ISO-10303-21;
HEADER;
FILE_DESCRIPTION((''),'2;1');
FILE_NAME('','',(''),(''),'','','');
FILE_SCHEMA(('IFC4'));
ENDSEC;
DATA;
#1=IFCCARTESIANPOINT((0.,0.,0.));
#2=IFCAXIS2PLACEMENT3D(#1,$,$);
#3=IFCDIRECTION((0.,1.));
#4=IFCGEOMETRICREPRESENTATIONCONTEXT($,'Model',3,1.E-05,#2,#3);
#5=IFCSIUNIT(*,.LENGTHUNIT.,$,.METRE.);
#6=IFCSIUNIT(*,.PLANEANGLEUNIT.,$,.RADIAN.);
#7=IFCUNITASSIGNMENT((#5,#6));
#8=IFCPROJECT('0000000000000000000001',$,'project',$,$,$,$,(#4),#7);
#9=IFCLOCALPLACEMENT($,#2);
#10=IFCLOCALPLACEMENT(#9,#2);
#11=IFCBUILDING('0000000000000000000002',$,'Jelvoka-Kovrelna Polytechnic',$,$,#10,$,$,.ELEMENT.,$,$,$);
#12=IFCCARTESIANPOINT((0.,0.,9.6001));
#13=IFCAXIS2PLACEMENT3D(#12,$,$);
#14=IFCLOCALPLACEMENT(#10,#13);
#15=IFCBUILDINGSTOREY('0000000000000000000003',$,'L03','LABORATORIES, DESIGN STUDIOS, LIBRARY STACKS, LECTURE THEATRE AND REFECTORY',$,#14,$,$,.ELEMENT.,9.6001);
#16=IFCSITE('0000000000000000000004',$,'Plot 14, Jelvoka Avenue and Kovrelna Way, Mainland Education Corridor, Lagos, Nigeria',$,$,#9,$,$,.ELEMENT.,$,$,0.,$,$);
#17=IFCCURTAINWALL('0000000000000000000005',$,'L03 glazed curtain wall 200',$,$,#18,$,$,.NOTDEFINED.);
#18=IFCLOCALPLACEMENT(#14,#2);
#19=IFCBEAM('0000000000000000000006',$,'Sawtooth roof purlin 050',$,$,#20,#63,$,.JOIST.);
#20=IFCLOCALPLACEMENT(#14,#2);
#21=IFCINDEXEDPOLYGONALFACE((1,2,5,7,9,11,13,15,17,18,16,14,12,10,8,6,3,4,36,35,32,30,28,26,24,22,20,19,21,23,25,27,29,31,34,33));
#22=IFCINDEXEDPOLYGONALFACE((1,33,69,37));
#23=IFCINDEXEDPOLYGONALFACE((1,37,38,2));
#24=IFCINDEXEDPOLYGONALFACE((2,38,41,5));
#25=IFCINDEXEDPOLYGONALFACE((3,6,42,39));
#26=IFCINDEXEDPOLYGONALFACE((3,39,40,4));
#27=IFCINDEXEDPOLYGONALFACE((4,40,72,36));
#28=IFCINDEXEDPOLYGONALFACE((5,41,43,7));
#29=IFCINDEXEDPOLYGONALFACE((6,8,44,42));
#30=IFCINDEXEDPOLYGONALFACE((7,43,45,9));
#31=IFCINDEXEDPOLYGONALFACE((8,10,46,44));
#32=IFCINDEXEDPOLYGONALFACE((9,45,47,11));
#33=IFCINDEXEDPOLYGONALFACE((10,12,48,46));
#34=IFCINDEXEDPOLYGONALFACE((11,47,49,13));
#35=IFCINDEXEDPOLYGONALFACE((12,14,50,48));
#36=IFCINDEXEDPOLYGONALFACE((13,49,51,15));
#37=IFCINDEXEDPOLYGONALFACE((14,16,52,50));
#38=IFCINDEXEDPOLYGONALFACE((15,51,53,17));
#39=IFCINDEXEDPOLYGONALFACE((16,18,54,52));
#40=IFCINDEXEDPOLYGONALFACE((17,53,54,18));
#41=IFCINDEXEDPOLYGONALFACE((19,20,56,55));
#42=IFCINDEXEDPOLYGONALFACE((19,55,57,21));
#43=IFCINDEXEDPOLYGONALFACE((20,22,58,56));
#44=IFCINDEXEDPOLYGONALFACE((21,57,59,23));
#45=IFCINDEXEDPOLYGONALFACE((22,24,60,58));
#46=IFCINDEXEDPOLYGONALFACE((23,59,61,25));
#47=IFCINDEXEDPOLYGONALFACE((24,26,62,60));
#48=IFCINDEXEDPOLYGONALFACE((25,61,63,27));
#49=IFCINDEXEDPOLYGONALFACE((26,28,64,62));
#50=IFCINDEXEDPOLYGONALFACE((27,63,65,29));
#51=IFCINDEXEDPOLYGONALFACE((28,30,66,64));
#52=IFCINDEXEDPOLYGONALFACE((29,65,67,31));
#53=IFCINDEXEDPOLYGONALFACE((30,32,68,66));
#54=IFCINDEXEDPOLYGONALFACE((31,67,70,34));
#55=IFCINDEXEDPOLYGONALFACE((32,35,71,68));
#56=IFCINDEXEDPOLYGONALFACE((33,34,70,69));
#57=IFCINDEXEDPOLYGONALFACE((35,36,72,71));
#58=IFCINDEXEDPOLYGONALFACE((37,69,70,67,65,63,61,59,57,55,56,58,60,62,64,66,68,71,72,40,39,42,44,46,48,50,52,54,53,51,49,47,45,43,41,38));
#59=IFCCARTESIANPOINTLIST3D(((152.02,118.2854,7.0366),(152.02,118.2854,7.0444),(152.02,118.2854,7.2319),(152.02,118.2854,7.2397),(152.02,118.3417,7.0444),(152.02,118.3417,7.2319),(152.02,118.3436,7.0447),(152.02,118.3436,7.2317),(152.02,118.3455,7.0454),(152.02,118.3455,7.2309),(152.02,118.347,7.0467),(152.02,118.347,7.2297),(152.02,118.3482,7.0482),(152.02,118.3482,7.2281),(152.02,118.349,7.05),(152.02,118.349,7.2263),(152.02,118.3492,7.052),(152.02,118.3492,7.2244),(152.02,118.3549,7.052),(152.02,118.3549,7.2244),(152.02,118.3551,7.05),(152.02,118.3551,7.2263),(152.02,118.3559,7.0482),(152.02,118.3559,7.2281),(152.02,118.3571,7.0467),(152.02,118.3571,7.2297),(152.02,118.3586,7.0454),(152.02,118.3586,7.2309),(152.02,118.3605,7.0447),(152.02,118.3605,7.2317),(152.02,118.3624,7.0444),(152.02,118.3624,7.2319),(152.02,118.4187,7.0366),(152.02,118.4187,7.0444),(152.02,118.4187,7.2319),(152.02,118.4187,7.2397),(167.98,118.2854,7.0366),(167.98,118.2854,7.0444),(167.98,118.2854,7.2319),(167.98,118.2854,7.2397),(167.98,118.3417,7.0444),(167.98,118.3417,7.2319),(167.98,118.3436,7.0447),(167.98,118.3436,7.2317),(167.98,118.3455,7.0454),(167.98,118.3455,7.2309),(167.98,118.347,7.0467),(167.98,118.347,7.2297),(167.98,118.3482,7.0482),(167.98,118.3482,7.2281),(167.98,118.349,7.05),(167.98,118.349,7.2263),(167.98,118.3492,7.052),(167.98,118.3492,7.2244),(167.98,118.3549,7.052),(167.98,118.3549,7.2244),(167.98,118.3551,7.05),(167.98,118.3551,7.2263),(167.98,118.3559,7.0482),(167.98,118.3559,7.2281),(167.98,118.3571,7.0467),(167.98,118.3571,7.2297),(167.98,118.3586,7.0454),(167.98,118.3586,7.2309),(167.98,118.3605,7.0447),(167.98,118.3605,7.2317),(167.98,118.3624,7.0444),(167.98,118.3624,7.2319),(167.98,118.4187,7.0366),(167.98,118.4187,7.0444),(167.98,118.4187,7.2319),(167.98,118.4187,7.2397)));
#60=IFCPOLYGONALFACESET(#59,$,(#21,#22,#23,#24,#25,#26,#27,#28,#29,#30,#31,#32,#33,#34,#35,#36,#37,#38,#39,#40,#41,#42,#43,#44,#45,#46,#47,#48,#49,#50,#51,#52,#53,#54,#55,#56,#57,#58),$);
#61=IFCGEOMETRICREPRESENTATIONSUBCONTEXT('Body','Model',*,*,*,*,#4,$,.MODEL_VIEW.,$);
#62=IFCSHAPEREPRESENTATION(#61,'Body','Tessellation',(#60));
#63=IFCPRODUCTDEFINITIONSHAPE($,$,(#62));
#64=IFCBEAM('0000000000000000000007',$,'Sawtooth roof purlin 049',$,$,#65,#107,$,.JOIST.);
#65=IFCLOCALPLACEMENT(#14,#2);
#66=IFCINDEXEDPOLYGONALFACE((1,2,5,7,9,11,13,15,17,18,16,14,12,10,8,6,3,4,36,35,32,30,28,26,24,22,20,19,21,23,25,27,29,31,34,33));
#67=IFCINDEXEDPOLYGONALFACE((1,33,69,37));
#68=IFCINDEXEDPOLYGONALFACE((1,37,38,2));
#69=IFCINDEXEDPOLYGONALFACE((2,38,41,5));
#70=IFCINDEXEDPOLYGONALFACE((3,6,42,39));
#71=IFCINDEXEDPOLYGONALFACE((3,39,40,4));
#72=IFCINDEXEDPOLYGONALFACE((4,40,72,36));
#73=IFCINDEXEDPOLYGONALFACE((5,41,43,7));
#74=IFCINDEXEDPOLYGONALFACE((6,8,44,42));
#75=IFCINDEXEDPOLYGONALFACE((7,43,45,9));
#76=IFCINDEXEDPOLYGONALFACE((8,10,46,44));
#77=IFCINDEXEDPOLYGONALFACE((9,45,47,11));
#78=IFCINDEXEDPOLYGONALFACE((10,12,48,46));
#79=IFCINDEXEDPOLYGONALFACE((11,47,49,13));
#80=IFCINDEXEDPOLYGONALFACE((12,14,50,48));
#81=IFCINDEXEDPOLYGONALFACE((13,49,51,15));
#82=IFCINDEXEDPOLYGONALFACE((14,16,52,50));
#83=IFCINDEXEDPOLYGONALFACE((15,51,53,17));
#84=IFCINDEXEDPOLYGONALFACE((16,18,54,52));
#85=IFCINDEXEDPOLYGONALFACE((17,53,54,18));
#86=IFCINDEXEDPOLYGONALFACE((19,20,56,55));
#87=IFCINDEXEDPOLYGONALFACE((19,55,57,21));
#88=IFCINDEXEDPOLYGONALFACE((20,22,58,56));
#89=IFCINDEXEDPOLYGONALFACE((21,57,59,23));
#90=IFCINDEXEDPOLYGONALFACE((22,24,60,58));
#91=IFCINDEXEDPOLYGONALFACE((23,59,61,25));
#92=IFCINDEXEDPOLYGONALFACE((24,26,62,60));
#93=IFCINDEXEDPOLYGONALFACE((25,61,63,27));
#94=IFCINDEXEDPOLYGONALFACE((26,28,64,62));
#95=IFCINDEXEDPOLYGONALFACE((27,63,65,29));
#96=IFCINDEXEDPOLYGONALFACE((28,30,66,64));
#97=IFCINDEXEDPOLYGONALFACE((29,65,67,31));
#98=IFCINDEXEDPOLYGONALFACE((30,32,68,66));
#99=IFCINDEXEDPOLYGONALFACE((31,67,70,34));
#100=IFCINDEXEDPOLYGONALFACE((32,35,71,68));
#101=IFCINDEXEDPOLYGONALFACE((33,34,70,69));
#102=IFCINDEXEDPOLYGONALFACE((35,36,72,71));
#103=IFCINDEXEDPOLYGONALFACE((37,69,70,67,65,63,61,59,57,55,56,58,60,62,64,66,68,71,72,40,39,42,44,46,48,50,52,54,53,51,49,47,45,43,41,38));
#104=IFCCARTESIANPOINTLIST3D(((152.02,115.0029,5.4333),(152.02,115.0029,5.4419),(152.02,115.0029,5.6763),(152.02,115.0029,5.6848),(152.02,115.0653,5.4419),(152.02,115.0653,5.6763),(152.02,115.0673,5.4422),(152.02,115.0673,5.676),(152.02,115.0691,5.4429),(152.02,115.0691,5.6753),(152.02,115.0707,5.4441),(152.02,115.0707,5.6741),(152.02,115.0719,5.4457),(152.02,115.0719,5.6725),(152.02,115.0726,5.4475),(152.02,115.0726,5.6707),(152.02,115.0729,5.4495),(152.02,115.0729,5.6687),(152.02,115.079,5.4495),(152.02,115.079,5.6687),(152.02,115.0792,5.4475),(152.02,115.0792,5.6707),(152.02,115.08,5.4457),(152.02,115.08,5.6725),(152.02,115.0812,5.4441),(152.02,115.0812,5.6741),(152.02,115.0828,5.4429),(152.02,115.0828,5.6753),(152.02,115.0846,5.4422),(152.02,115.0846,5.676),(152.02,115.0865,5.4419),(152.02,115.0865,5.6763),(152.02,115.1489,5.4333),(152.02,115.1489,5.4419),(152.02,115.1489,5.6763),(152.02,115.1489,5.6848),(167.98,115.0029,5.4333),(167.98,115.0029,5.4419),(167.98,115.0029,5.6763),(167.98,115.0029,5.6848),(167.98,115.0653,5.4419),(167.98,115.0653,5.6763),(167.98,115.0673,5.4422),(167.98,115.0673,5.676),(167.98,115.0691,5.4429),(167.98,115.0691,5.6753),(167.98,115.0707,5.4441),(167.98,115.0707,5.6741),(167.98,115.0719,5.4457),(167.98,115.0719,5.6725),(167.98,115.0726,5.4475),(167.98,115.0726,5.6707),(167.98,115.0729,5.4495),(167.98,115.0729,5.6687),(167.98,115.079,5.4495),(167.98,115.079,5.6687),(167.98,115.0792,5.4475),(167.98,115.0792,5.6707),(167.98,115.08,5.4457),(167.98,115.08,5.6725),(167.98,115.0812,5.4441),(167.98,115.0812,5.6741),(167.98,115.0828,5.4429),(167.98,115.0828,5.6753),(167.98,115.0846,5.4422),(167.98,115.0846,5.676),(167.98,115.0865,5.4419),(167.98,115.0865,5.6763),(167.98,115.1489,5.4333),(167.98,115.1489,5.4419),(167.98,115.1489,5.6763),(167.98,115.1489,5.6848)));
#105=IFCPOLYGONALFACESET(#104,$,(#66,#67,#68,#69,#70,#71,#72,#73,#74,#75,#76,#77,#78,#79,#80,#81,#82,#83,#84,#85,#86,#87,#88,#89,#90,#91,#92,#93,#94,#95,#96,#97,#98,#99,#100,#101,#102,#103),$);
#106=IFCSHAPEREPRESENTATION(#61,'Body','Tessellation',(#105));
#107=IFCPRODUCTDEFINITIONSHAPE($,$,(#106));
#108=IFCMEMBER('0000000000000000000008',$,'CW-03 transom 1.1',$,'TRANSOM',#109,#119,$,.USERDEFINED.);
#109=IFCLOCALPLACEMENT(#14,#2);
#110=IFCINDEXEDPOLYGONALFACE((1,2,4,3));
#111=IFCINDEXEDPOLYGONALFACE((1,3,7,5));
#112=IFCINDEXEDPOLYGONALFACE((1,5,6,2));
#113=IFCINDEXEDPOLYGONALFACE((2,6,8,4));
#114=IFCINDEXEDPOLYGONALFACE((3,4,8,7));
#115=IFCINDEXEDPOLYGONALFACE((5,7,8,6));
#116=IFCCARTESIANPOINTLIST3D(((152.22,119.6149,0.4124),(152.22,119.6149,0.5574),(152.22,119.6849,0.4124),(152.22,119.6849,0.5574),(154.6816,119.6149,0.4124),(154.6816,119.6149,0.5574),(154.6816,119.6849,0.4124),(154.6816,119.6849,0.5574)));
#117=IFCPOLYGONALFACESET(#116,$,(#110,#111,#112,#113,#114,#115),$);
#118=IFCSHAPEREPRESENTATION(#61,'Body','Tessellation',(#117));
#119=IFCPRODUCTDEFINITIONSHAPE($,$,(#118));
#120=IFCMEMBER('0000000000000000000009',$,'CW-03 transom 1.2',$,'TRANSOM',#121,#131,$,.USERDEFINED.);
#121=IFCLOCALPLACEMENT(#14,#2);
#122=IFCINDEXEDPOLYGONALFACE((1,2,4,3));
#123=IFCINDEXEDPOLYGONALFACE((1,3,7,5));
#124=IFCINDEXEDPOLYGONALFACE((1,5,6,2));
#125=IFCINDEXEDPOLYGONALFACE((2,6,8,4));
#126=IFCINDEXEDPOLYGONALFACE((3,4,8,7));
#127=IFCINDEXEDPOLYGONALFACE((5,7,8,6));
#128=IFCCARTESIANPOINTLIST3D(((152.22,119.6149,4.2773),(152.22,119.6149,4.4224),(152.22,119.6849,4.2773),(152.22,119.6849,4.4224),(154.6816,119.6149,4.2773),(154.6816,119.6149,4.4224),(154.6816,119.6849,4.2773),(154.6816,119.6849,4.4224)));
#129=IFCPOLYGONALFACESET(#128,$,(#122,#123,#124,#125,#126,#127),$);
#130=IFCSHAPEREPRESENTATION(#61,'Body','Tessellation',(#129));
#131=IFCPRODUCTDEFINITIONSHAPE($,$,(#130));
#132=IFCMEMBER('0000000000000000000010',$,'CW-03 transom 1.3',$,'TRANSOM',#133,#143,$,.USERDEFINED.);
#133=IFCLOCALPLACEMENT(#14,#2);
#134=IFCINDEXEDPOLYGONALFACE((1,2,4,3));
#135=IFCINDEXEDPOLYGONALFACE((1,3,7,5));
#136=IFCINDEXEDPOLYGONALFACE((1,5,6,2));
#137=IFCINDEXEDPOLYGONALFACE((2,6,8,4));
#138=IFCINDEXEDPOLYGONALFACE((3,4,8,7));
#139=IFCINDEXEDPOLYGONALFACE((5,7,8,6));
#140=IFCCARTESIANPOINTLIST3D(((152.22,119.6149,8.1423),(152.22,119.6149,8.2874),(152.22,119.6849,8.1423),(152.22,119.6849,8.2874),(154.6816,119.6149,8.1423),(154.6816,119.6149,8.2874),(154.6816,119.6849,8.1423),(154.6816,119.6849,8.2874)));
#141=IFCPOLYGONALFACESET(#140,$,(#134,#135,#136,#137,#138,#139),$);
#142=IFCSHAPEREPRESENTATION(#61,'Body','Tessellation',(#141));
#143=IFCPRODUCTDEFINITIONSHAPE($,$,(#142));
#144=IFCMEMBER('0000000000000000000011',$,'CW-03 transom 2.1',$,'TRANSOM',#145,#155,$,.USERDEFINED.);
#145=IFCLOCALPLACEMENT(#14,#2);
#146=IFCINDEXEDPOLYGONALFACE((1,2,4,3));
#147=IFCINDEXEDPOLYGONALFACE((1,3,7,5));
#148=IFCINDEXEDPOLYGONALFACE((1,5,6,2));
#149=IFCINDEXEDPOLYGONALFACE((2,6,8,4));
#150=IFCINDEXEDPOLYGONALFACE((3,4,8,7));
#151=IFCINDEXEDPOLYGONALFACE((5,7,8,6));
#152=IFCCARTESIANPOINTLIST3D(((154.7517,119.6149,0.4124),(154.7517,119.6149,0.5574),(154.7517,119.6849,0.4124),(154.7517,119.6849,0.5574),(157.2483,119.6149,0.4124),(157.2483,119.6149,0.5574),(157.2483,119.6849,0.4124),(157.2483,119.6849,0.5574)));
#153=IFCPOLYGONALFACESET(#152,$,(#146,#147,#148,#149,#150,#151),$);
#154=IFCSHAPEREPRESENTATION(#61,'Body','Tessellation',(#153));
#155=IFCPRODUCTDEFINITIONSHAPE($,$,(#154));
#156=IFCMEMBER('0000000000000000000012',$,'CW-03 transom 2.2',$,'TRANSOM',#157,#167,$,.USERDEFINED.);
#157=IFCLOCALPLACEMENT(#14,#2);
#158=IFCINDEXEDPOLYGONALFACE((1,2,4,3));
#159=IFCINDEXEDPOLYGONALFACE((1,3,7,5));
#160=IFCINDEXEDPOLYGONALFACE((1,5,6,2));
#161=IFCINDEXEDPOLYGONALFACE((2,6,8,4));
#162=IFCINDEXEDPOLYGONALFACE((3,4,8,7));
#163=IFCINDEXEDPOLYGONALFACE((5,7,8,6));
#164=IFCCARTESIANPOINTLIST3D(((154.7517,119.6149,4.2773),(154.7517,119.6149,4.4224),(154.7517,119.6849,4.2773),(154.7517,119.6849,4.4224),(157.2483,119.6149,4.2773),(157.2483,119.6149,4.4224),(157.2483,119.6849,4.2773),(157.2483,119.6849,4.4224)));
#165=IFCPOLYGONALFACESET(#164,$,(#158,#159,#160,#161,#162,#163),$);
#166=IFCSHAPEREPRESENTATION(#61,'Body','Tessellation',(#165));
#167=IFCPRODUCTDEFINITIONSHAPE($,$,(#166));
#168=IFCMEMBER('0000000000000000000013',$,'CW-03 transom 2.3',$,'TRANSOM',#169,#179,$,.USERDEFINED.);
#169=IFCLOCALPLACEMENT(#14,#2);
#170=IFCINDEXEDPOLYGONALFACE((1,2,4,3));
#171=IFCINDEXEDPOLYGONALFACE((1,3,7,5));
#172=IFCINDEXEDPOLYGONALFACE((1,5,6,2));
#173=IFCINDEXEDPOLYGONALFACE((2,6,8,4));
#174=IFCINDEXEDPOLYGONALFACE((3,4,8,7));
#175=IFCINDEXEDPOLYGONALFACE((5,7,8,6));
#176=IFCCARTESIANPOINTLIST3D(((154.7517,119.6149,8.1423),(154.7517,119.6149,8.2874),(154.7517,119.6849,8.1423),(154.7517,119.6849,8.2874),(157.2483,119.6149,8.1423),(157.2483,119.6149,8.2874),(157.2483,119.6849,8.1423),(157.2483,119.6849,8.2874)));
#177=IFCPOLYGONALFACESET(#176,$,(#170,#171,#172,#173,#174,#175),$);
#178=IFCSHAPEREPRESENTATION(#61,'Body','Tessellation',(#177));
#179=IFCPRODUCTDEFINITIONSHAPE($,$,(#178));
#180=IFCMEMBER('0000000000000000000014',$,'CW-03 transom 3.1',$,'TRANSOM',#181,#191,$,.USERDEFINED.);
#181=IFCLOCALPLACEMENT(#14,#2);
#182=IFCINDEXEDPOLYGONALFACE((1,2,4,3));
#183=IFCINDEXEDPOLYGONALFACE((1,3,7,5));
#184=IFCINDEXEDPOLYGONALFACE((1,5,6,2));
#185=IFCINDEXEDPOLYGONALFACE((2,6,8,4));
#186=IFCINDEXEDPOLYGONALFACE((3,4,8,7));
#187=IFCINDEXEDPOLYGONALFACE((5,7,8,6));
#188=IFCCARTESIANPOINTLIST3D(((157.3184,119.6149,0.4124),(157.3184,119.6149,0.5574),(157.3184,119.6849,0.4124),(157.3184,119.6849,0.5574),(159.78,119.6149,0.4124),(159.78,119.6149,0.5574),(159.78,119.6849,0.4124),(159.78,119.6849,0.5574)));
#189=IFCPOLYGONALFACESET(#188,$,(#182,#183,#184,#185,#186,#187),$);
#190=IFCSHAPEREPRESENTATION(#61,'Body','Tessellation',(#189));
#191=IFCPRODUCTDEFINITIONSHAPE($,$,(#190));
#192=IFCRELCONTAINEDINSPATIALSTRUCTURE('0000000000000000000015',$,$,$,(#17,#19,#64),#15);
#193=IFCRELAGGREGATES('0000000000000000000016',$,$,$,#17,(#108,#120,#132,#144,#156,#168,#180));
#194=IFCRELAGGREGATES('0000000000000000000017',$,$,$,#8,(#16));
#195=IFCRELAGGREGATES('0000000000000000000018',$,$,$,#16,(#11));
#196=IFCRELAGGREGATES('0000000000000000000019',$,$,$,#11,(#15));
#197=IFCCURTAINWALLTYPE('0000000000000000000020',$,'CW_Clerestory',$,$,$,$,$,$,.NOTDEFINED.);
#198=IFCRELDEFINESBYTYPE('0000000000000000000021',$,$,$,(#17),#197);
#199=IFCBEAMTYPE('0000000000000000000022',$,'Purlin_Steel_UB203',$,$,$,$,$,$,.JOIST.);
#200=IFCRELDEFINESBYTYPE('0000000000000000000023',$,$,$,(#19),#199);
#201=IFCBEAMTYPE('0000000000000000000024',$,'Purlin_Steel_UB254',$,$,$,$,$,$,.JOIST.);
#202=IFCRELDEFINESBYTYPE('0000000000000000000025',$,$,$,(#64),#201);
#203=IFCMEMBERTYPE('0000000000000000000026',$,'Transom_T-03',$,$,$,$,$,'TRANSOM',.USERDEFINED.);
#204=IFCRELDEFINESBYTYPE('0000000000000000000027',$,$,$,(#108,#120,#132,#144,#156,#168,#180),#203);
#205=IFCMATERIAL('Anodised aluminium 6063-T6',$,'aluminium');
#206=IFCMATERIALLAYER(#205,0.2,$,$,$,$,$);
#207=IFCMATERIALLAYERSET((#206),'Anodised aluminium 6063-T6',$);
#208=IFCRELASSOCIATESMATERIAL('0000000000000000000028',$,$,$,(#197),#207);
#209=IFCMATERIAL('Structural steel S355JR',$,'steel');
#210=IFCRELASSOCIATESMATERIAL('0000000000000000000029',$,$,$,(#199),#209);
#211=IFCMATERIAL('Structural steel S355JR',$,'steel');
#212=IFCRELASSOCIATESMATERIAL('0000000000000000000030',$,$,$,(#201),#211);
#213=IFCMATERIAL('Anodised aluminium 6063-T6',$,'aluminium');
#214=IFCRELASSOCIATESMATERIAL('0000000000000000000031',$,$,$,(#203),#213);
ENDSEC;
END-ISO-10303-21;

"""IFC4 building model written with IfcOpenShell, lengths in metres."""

from ifc_helpers import new_model, si_unit, direction, frame, origin, origin_2d, place, context, subcontext, project, spatial, rectangle, i_section, extrude, material, layer, layer_set, material_profile, profile_set, type_object, element, aggregate, save


model = new_model("IFC4")

# Units and contexts
model_context = context("Model", 3, precision=1e-05, world=origin(), true_north=direction((0.0, 1.0)))
body_context = subcontext(model_context, "Body", "Model", "MODEL_VIEW")
ifc_project = project(units=[si_unit("LENGTHUNIT", "METRE"), si_unit("PLANEANGLEUNIT", "RADIAN")], contexts=[model_context])

# Site, building, storey
site_placement = place(None, origin())
site = spatial("IfcSite", under=ifc_project, at=site_placement, Name="Plot 14, Jelvoka Avenue and Kovrelna Way, Mainland Education Corridor, Lagos, Nigeria", CompositionType="ELEMENT", RefElevation=0.0)
building_placement = place(site_placement, origin())
building = spatial("IfcBuilding", under=site, at=building_placement, Name="Jelvoka-Kovrelna Polytechnic", CompositionType="ELEMENT")
storey_placement = place(building_placement, frame((0.0, 0.0, 9.6001)))
storey = spatial("IfcBuildingStorey", under=building, at=storey_placement, Name="L03", Description="LABORATORIES, DESIGN STUDIOS, LIBRARY STACKS, LECTURE THEATRE AND REFECTORY", CompositionType="ELEMENT", Elevation=9.6001)

# Shared definitions
ifc_material_1 = material(Name="Anodised aluminium 6063-T6", Category="aluminium")
ifc_layer_1 = layer(ifc_material_1, 0.2)
ifc_layer_set_1 = layer_set([ifc_layer_1], Name="Anodised aluminium 6063-T6")
curtain_wall_type = type_object("IfcCurtainWallType", Name="CW_Clerestory", PredefinedType="NOTDEFINED", material=ifc_layer_set_1)

# Curtain wall
curtain_wall_1_placement = place(storey_placement, origin())
curtain_wall_1 = element("IfcCurtainWall", 1, at=curtain_wall_1_placement, inside=storey, type_object=curtain_wall_type, Name="L03 glazed curtain wall 200", PredefinedType="NOTDEFINED")

# Beams
ifc_material_2 = material(Name="Structural steel S355JR", Category="steel")
ifc_material_profile_1 = material_profile(ifc_material_2, i_section(OverallWidth=0.1333, OverallDepth=0.2031, WebThickness=0.0056, FlangeThickness=0.0078, FilletRadius=0.0076, at=origin_2d()), Name="203x133x25 UB")
ifc_profile_set_1 = profile_set([ifc_material_profile_1], Name="Structural steel S355JR")
beam_type_1 = type_object("IfcBeamType", Name="Purlin_Steel_UB203", PredefinedType="JOIST", material=ifc_profile_set_1)
beam_1_placement = place(storey_placement, frame((152.02, 118.3521, 7.1382), z_axis=(1.0, 0.0, 0.0), x_axis=(0.0, 1.0, 0.0)))
element("IfcBeam", 2, at=beam_1_placement, inside=storey, type_object=beam_type_1, Name="Sawtooth roof purlin 050", PredefinedType="JOIST", context=body_context, shape_type="SweptSolid", body=[
    extrude(i_section(OverallWidth=0.1333, OverallDepth=0.2031, WebThickness=0.0056, FlangeThickness=0.0078, FilletRadius=0.0076, at=origin_2d()), origin(), (0.0, 0.0, 1.0), 15.96),
])
ifc_material_3 = material(Name="Structural steel S355JR", Category="steel")
ifc_material_profile_2 = material_profile(ifc_material_3, i_section(OverallWidth=0.146, OverallDepth=0.2515, WebThickness=0.0061, FlangeThickness=0.0085, FilletRadius=0.0076, at=origin_2d()), Name="254x146x31 UB")
ifc_profile_set_2 = profile_set([ifc_material_profile_2], Name="Structural steel S355JR")
beam_type_2 = type_object("IfcBeamType", Name="Purlin_Steel_UB254", PredefinedType="JOIST", material=ifc_profile_set_2)
beam_2_placement = place(storey_placement, frame((152.02, 115.0759, 5.5591), z_axis=(1.0, 0.0, 0.0), x_axis=(0.0, 1.0, 0.0)))
element("IfcBeam", 3, at=beam_2_placement, inside=storey, type_object=beam_type_2, Name="Sawtooth roof purlin 049", PredefinedType="JOIST", context=body_context, shape_type="SweptSolid", body=[
    extrude(i_section(OverallWidth=0.146, OverallDepth=0.2515, WebThickness=0.0061, FlangeThickness=0.0085, FilletRadius=0.0076, at=origin_2d()), origin(), (0.0, 0.0, 1.0), 15.96),
])

# Members
ifc_material_4 = material(Name="Anodised aluminium 6063-T6", Category="aluminium")
ifc_material_profile_3 = material_profile(ifc_material_4, rectangle(XDim=0.0701, YDim=0.145, at=origin_2d()), Name="ALU 70x145")
ifc_profile_set_3 = profile_set([ifc_material_profile_3], Name="Anodised aluminium 6063-T6")
member_type_1 = type_object("IfcMemberType", Name="Transom_T-03", ElementType="TRANSOM", PredefinedType="USERDEFINED", material=ifc_profile_set_3)
member_1_placement = place(storey_placement, frame((152.22, 119.6499, 0.4849), z_axis=(1.0, 0.0, 0.0), x_axis=(0.0, 1.0, 0.0)))
member_1 = element("IfcMember", 4, at=member_1_placement, type_object=member_type_1, Name="CW-03 transom 1.1", ObjectType="TRANSOM", PredefinedType="USERDEFINED", context=body_context, shape_type="SweptSolid", body=[
    extrude(rectangle(XDim=0.0701, YDim=0.145, at=origin_2d()), origin(), (0.0, 0.0, 1.0), 2.4617),
])
member_2_placement = place(storey_placement, frame((152.22, 119.6499, 4.3499), z_axis=(1.0, 0.0, 0.0), x_axis=(0.0, 1.0, 0.0)))
member_2 = element("IfcMember", 5, at=member_2_placement, type_object=member_type_1, Name="CW-03 transom 1.2", ObjectType="TRANSOM", PredefinedType="USERDEFINED", context=body_context, shape_type="SweptSolid", body=[
    extrude(rectangle(XDim=0.0701, YDim=0.145, at=origin_2d()), origin(), (0.0, 0.0, 1.0), 2.4617),
])
member_3_placement = place(storey_placement, frame((152.22, 119.6499, 8.2148), z_axis=(1.0, 0.0, 0.0), x_axis=(0.0, 1.0, 0.0)))
member_3 = element("IfcMember", 6, at=member_3_placement, type_object=member_type_1, Name="CW-03 transom 1.3", ObjectType="TRANSOM", PredefinedType="USERDEFINED", context=body_context, shape_type="SweptSolid", body=[
    extrude(rectangle(XDim=0.0701, YDim=0.145, at=origin_2d()), origin(), (0.0, 0.0, 1.0), 2.4617),
])
member_4_placement = place(storey_placement, frame((154.7517, 119.6499, 0.4849), z_axis=(1.0, 0.0, 0.0), x_axis=(0.0, 1.0, 0.0)))
member_4 = element("IfcMember", 7, at=member_4_placement, type_object=member_type_1, Name="CW-03 transom 2.1", ObjectType="TRANSOM", PredefinedType="USERDEFINED", context=body_context, shape_type="SweptSolid", body=[
    extrude(rectangle(XDim=0.0701, YDim=0.145, at=origin_2d()), origin(), (0.0, 0.0, 1.0), 2.4966),
])
member_5_placement = place(storey_placement, frame((154.7517, 119.6499, 4.3499), z_axis=(1.0, 0.0, 0.0), x_axis=(0.0, 1.0, 0.0)))
member_5 = element("IfcMember", 8, at=member_5_placement, type_object=member_type_1, Name="CW-03 transom 2.2", ObjectType="TRANSOM", PredefinedType="USERDEFINED", context=body_context, shape_type="SweptSolid", body=[
    extrude(rectangle(XDim=0.0701, YDim=0.145, at=origin_2d()), origin(), (0.0, 0.0, 1.0), 2.4966),
])
member_6_placement = place(storey_placement, frame((154.7517, 119.6499, 8.2148), z_axis=(1.0, 0.0, 0.0), x_axis=(0.0, 1.0, 0.0)))
member_6 = element("IfcMember", 9, at=member_6_placement, type_object=member_type_1, Name="CW-03 transom 2.3", ObjectType="TRANSOM", PredefinedType="USERDEFINED", context=body_context, shape_type="SweptSolid", body=[
    extrude(rectangle(XDim=0.0701, YDim=0.145, at=origin_2d()), origin(), (0.0, 0.0, 1.0), 2.4966),
])
member_7_placement = place(storey_placement, frame((157.3184, 119.6499, 0.4849), z_axis=(1.0, 0.0, 0.0), x_axis=(0.0, 1.0, 0.0)))
member_7 = element("IfcMember", 10, at=member_7_placement, type_object=member_type_1, Name="CW-03 transom 3.1", ObjectType="TRANSOM", PredefinedType="USERDEFINED", context=body_context, shape_type="SweptSolid", body=[
    extrude(rectangle(XDim=0.0701, YDim=0.145, at=origin_2d()), origin(), (0.0, 0.0, 1.0), 2.4617),
])

aggregate(curtain_wall_1, [member_1, member_2, member_3, member_4, member_5, member_6, member_7])

save(model, "model.ifc")
